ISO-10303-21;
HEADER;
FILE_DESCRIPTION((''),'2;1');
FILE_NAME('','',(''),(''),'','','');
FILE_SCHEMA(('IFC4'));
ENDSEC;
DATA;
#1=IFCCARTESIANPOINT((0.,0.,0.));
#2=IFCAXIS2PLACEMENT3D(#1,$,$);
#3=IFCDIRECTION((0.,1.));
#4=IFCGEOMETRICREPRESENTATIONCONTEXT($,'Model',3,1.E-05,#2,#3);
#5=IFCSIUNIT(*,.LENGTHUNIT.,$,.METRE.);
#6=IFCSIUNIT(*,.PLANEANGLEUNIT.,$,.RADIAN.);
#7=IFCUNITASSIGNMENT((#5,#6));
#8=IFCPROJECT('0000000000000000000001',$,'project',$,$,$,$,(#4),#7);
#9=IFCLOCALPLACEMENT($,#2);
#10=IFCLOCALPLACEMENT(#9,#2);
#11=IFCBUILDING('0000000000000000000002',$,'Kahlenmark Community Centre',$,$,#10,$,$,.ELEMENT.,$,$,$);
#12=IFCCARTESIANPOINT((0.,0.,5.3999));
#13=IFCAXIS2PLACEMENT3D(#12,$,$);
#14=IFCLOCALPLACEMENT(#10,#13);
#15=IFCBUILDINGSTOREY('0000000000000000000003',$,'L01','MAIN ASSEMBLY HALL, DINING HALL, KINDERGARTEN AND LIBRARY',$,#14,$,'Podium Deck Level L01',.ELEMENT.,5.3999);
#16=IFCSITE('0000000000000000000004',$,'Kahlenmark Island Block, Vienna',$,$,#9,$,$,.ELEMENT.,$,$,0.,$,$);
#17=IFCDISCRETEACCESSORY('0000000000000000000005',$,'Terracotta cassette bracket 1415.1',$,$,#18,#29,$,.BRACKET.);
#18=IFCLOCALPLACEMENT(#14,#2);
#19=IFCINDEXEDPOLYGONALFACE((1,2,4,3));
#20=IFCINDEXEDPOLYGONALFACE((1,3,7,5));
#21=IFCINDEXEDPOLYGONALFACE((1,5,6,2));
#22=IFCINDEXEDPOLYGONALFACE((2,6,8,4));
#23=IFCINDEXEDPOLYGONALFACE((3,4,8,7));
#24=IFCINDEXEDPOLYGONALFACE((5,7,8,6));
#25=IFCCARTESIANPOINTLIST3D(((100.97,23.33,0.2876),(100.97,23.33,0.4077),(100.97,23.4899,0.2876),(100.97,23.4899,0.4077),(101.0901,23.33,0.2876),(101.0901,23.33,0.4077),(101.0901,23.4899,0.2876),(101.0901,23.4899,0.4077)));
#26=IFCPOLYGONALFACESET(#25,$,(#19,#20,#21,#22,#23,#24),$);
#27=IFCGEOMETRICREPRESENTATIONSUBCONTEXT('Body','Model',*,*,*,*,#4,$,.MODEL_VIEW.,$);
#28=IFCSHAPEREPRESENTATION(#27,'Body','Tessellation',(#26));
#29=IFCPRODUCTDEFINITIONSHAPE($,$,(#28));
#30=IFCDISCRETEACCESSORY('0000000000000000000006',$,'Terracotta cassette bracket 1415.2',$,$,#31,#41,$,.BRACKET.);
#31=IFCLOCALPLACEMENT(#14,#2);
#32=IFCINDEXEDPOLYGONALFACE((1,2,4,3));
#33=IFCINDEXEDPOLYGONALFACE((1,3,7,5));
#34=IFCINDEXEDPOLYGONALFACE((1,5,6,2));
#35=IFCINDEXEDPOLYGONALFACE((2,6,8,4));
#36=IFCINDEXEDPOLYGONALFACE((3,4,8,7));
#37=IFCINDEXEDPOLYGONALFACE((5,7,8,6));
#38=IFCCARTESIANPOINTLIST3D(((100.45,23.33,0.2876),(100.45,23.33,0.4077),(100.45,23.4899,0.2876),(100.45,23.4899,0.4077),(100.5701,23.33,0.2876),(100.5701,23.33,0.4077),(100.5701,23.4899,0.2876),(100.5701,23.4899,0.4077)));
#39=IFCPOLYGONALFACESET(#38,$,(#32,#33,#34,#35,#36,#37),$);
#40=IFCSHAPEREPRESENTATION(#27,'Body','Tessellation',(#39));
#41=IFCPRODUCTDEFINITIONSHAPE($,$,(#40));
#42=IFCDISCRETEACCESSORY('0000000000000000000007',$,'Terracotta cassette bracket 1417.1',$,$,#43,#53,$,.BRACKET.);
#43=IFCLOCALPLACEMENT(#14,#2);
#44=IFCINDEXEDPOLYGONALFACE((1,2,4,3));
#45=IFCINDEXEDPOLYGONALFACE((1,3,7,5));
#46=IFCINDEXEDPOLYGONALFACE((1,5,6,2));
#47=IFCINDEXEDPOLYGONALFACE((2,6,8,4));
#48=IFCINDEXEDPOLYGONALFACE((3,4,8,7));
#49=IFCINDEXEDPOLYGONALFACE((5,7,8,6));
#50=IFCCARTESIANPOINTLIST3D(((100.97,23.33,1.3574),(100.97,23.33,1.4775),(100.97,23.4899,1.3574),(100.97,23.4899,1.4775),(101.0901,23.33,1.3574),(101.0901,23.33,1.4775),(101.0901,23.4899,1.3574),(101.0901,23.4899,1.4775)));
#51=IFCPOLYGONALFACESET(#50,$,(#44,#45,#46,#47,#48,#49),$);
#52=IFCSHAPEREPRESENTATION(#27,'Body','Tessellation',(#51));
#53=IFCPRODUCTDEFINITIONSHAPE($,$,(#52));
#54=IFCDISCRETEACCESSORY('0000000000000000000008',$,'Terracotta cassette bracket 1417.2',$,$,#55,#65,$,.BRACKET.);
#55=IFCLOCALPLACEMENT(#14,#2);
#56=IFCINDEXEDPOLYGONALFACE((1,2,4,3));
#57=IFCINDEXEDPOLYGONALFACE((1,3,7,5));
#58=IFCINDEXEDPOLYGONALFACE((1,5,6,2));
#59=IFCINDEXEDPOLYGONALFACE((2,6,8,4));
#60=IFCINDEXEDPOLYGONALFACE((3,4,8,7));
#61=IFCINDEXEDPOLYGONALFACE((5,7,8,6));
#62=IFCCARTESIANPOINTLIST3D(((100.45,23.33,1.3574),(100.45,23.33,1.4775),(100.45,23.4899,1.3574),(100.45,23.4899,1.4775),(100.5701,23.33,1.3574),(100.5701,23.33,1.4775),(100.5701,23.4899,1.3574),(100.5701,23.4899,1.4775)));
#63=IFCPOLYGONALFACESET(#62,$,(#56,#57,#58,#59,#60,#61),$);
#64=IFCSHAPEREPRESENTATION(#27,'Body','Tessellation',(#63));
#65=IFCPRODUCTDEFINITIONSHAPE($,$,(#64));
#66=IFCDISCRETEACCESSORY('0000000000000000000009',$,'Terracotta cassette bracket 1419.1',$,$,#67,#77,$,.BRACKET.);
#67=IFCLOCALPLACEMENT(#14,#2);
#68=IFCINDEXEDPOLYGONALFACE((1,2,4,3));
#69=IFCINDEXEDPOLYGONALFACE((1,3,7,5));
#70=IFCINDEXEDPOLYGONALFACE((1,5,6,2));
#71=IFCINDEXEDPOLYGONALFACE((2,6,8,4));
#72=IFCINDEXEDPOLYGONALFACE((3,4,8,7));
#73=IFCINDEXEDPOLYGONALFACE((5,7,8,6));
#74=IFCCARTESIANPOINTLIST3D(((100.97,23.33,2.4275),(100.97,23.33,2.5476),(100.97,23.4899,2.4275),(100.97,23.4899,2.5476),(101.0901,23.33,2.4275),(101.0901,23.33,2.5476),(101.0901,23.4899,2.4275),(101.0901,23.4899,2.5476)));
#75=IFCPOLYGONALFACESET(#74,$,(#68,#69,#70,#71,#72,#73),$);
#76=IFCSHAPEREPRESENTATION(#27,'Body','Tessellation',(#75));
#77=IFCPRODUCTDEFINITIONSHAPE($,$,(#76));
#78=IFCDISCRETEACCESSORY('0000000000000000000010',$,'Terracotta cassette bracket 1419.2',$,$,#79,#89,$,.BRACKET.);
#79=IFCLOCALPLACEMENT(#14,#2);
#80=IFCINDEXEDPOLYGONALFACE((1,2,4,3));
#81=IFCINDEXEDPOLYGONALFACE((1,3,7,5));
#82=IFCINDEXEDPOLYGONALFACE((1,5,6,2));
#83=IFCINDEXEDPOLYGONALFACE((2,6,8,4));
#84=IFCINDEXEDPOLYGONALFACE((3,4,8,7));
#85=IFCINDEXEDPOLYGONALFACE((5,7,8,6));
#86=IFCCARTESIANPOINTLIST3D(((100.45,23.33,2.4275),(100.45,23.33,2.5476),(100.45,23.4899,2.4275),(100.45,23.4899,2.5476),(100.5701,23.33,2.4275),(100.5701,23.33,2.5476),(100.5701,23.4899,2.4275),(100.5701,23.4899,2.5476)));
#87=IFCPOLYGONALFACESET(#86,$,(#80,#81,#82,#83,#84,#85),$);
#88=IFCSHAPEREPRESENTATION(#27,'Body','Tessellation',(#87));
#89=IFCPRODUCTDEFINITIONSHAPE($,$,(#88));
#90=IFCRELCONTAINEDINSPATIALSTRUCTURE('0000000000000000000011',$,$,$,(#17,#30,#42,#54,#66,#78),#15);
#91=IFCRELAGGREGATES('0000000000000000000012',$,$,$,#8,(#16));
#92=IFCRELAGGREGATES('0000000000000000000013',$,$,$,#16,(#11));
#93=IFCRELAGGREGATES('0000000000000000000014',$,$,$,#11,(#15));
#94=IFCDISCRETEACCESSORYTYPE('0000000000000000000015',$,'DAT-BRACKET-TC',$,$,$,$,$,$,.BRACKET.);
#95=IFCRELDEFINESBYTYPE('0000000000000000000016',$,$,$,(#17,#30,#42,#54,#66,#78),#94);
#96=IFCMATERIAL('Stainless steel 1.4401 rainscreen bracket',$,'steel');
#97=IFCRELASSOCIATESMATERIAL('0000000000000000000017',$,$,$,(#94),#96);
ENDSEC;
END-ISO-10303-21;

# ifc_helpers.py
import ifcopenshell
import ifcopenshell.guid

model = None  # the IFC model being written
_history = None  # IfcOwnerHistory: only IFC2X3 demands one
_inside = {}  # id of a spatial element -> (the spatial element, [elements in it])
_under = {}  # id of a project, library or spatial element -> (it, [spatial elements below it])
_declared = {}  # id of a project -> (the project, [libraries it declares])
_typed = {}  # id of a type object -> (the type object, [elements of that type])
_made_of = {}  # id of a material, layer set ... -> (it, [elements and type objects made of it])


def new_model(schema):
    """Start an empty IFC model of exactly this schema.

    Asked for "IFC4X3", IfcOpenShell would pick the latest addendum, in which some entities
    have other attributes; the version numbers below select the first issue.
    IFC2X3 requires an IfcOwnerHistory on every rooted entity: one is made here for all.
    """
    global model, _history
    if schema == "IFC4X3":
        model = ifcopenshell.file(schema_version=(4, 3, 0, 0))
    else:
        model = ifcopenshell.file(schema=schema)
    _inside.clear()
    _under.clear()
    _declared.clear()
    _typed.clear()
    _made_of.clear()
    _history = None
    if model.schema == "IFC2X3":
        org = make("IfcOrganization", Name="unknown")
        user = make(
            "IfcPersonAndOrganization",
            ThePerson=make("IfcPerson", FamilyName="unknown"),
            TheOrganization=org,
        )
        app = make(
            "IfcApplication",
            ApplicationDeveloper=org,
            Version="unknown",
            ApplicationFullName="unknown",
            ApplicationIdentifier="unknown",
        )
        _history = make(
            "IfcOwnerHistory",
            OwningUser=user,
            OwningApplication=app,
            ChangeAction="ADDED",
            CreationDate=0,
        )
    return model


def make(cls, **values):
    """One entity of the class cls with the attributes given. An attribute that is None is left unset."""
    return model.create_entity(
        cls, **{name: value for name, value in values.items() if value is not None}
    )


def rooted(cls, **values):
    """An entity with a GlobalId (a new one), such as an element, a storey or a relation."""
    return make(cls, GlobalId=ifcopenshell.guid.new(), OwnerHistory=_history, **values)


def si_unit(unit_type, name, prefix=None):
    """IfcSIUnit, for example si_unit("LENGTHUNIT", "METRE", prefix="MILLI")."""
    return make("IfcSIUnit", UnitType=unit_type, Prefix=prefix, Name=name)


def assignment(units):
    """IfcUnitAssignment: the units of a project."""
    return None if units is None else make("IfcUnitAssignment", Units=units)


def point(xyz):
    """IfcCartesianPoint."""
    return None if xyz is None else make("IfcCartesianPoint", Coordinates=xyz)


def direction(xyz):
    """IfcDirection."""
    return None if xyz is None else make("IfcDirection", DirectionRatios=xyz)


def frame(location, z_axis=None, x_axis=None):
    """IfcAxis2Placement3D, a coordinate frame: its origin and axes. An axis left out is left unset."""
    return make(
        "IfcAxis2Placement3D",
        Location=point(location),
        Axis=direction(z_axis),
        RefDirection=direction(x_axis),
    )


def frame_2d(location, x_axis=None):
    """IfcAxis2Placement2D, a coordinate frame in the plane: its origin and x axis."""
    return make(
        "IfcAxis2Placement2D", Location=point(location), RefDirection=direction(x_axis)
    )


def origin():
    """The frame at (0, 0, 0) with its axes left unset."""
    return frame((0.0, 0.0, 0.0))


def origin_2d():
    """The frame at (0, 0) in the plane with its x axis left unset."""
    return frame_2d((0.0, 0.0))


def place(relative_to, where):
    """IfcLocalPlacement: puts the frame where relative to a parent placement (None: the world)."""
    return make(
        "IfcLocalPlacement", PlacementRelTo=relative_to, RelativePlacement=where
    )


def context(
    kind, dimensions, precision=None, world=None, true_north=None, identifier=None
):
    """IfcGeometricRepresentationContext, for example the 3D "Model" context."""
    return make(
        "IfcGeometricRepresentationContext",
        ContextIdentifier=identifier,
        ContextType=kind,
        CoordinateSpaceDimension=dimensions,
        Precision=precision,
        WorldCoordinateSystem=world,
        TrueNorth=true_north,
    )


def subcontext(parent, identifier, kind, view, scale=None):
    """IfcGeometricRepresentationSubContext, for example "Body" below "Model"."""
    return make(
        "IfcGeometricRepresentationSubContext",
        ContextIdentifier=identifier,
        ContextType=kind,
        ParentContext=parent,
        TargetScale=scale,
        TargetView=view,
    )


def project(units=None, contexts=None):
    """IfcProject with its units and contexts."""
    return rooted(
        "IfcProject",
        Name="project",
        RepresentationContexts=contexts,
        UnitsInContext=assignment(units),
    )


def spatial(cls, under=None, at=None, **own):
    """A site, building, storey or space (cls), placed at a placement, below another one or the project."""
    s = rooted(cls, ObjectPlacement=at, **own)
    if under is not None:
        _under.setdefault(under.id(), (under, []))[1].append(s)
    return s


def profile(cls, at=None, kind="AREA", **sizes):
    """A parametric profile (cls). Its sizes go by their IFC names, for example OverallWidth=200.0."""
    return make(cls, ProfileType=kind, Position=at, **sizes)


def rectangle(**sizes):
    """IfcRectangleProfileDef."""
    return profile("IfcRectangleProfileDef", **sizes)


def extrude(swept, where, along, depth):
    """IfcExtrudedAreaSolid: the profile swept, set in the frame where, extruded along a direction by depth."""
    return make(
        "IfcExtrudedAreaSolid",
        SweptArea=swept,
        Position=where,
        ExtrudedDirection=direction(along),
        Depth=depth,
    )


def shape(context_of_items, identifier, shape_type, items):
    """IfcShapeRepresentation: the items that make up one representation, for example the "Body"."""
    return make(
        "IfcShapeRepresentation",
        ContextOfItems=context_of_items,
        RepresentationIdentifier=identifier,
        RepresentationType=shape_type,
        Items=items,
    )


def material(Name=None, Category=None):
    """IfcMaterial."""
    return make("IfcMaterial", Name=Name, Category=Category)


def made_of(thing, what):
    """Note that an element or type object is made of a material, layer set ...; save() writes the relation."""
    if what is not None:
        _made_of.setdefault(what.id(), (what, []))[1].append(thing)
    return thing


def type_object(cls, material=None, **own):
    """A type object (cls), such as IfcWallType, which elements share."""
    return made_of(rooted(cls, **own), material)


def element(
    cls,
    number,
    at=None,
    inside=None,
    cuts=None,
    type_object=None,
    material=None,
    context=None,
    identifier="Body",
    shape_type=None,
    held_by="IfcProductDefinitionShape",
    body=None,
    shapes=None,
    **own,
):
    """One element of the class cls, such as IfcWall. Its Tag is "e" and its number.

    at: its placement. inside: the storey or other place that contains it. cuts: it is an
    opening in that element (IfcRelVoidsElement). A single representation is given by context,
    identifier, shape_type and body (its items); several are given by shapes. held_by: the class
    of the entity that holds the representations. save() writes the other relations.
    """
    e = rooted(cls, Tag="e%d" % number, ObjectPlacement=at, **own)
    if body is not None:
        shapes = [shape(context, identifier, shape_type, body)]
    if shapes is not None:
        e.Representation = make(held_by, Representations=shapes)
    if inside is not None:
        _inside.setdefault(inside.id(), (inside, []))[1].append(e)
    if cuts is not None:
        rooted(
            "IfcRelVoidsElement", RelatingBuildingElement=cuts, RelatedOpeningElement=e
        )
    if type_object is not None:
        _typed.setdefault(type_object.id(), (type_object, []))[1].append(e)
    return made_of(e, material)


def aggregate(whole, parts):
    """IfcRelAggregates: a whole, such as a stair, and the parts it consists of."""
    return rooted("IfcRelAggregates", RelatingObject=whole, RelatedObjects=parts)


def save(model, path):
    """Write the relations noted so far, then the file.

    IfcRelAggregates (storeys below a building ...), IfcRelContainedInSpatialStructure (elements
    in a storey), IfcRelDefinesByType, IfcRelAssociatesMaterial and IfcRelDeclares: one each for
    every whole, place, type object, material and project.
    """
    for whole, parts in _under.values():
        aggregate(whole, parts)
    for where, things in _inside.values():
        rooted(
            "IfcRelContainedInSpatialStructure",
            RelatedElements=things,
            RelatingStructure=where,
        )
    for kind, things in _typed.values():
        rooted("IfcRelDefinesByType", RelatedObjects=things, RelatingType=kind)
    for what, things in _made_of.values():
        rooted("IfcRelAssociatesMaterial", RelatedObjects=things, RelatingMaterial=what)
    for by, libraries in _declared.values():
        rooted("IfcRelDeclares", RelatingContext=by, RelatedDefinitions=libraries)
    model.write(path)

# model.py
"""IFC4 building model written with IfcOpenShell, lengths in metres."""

from ifc_helpers import new_model, si_unit, direction, frame, origin, origin_2d, place, context, subcontext, project, spatial, rectangle, extrude, material, type_object, element, save


model = new_model("IFC4")

# Units and contexts
model_context = context("Model", 3, precision=1e-05, world=origin(), true_north=direction((0.0, 1.0)))
body_context = subcontext(model_context, "Body", "Model", "MODEL_VIEW")
ifc_project = project(units=[si_unit("LENGTHUNIT", "METRE"), si_unit("PLANEANGLEUNIT", "RADIAN")], contexts=[model_context])

# Site, building, storey
site_placement = place(None, origin())
site = spatial("IfcSite", under=ifc_project, at=site_placement, Name="Kahlenmark Island Block, Vienna", CompositionType="ELEMENT", RefElevation=0.0)
building_placement = place(site_placement, origin())
building = spatial("IfcBuilding", under=site, at=building_placement, Name="Kahlenmark Community Centre", CompositionType="ELEMENT")
storey_placement = place(building_placement, frame((0.0, 0.0, 5.3999)))
storey = spatial("IfcBuildingStorey", under=building, at=storey_placement, Name="L01", Description="MAIN ASSEMBLY HALL, DINING HALL, KINDERGARTEN AND LIBRARY", LongName="Podium Deck Level L01", CompositionType="ELEMENT", Elevation=5.3999)

# Discrete accessories
ifc_material_1 = material(Name="Stainless steel 1.4401 rainscreen bracket", Category="steel")
discrete_accessory_type = type_object("IfcDiscreteAccessoryType", Name="DAT-BRACKET-TC", PredefinedType="BRACKET", material=ifc_material_1)
for number, where, z_axis, x_axis, name in (
    (1, (101.03, 23.4099, 0.2876), (0.0, 0.0, 1.0), (-1.0, 0.0, 0.0), "Terracotta cassette bracket 1415.1"),
    (2, (100.51, 23.4099, 0.2876), (0.0, 0.0, 1.0), (-1.0, 0.0, 0.0), "Terracotta cassette bracket 1415.2"),
    (3, (101.03, 23.4099, 1.3574), (0.0, 0.0, 1.0), (-1.0, 0.0, 0.0), "Terracotta cassette bracket 1417.1"),
    (4, (100.51, 23.4099, 1.3574), (0.0, 0.0, 1.0), (-1.0, 0.0, 0.0), "Terracotta cassette bracket 1417.2"),
    (5, (101.03, 23.4099, 2.4275), (0.0, 0.0, 1.0), (-1.0, 0.0, 0.0), "Terracotta cassette bracket 1419.1"),
    (6, (100.51, 23.4099, 2.4275), (0.0, 0.0, 1.0), (-1.0, 0.0, 0.0), "Terracotta cassette bracket 1419.2"),
):
    element("IfcDiscreteAccessory", number, at=place(storey_placement, frame(where, z_axis=z_axis, x_axis=x_axis)), inside=storey, type_object=discrete_accessory_type, Name=name, PredefinedType="BRACKET", context=body_context, shape_type="SweptSolid", body=[
        extrude(rectangle(XDim=0.1201, YDim=0.1599, at=origin_2d()), origin(), (0.0, 0.0, 1.0), 0.1201),
    ])

save(model, "model.ifc")
